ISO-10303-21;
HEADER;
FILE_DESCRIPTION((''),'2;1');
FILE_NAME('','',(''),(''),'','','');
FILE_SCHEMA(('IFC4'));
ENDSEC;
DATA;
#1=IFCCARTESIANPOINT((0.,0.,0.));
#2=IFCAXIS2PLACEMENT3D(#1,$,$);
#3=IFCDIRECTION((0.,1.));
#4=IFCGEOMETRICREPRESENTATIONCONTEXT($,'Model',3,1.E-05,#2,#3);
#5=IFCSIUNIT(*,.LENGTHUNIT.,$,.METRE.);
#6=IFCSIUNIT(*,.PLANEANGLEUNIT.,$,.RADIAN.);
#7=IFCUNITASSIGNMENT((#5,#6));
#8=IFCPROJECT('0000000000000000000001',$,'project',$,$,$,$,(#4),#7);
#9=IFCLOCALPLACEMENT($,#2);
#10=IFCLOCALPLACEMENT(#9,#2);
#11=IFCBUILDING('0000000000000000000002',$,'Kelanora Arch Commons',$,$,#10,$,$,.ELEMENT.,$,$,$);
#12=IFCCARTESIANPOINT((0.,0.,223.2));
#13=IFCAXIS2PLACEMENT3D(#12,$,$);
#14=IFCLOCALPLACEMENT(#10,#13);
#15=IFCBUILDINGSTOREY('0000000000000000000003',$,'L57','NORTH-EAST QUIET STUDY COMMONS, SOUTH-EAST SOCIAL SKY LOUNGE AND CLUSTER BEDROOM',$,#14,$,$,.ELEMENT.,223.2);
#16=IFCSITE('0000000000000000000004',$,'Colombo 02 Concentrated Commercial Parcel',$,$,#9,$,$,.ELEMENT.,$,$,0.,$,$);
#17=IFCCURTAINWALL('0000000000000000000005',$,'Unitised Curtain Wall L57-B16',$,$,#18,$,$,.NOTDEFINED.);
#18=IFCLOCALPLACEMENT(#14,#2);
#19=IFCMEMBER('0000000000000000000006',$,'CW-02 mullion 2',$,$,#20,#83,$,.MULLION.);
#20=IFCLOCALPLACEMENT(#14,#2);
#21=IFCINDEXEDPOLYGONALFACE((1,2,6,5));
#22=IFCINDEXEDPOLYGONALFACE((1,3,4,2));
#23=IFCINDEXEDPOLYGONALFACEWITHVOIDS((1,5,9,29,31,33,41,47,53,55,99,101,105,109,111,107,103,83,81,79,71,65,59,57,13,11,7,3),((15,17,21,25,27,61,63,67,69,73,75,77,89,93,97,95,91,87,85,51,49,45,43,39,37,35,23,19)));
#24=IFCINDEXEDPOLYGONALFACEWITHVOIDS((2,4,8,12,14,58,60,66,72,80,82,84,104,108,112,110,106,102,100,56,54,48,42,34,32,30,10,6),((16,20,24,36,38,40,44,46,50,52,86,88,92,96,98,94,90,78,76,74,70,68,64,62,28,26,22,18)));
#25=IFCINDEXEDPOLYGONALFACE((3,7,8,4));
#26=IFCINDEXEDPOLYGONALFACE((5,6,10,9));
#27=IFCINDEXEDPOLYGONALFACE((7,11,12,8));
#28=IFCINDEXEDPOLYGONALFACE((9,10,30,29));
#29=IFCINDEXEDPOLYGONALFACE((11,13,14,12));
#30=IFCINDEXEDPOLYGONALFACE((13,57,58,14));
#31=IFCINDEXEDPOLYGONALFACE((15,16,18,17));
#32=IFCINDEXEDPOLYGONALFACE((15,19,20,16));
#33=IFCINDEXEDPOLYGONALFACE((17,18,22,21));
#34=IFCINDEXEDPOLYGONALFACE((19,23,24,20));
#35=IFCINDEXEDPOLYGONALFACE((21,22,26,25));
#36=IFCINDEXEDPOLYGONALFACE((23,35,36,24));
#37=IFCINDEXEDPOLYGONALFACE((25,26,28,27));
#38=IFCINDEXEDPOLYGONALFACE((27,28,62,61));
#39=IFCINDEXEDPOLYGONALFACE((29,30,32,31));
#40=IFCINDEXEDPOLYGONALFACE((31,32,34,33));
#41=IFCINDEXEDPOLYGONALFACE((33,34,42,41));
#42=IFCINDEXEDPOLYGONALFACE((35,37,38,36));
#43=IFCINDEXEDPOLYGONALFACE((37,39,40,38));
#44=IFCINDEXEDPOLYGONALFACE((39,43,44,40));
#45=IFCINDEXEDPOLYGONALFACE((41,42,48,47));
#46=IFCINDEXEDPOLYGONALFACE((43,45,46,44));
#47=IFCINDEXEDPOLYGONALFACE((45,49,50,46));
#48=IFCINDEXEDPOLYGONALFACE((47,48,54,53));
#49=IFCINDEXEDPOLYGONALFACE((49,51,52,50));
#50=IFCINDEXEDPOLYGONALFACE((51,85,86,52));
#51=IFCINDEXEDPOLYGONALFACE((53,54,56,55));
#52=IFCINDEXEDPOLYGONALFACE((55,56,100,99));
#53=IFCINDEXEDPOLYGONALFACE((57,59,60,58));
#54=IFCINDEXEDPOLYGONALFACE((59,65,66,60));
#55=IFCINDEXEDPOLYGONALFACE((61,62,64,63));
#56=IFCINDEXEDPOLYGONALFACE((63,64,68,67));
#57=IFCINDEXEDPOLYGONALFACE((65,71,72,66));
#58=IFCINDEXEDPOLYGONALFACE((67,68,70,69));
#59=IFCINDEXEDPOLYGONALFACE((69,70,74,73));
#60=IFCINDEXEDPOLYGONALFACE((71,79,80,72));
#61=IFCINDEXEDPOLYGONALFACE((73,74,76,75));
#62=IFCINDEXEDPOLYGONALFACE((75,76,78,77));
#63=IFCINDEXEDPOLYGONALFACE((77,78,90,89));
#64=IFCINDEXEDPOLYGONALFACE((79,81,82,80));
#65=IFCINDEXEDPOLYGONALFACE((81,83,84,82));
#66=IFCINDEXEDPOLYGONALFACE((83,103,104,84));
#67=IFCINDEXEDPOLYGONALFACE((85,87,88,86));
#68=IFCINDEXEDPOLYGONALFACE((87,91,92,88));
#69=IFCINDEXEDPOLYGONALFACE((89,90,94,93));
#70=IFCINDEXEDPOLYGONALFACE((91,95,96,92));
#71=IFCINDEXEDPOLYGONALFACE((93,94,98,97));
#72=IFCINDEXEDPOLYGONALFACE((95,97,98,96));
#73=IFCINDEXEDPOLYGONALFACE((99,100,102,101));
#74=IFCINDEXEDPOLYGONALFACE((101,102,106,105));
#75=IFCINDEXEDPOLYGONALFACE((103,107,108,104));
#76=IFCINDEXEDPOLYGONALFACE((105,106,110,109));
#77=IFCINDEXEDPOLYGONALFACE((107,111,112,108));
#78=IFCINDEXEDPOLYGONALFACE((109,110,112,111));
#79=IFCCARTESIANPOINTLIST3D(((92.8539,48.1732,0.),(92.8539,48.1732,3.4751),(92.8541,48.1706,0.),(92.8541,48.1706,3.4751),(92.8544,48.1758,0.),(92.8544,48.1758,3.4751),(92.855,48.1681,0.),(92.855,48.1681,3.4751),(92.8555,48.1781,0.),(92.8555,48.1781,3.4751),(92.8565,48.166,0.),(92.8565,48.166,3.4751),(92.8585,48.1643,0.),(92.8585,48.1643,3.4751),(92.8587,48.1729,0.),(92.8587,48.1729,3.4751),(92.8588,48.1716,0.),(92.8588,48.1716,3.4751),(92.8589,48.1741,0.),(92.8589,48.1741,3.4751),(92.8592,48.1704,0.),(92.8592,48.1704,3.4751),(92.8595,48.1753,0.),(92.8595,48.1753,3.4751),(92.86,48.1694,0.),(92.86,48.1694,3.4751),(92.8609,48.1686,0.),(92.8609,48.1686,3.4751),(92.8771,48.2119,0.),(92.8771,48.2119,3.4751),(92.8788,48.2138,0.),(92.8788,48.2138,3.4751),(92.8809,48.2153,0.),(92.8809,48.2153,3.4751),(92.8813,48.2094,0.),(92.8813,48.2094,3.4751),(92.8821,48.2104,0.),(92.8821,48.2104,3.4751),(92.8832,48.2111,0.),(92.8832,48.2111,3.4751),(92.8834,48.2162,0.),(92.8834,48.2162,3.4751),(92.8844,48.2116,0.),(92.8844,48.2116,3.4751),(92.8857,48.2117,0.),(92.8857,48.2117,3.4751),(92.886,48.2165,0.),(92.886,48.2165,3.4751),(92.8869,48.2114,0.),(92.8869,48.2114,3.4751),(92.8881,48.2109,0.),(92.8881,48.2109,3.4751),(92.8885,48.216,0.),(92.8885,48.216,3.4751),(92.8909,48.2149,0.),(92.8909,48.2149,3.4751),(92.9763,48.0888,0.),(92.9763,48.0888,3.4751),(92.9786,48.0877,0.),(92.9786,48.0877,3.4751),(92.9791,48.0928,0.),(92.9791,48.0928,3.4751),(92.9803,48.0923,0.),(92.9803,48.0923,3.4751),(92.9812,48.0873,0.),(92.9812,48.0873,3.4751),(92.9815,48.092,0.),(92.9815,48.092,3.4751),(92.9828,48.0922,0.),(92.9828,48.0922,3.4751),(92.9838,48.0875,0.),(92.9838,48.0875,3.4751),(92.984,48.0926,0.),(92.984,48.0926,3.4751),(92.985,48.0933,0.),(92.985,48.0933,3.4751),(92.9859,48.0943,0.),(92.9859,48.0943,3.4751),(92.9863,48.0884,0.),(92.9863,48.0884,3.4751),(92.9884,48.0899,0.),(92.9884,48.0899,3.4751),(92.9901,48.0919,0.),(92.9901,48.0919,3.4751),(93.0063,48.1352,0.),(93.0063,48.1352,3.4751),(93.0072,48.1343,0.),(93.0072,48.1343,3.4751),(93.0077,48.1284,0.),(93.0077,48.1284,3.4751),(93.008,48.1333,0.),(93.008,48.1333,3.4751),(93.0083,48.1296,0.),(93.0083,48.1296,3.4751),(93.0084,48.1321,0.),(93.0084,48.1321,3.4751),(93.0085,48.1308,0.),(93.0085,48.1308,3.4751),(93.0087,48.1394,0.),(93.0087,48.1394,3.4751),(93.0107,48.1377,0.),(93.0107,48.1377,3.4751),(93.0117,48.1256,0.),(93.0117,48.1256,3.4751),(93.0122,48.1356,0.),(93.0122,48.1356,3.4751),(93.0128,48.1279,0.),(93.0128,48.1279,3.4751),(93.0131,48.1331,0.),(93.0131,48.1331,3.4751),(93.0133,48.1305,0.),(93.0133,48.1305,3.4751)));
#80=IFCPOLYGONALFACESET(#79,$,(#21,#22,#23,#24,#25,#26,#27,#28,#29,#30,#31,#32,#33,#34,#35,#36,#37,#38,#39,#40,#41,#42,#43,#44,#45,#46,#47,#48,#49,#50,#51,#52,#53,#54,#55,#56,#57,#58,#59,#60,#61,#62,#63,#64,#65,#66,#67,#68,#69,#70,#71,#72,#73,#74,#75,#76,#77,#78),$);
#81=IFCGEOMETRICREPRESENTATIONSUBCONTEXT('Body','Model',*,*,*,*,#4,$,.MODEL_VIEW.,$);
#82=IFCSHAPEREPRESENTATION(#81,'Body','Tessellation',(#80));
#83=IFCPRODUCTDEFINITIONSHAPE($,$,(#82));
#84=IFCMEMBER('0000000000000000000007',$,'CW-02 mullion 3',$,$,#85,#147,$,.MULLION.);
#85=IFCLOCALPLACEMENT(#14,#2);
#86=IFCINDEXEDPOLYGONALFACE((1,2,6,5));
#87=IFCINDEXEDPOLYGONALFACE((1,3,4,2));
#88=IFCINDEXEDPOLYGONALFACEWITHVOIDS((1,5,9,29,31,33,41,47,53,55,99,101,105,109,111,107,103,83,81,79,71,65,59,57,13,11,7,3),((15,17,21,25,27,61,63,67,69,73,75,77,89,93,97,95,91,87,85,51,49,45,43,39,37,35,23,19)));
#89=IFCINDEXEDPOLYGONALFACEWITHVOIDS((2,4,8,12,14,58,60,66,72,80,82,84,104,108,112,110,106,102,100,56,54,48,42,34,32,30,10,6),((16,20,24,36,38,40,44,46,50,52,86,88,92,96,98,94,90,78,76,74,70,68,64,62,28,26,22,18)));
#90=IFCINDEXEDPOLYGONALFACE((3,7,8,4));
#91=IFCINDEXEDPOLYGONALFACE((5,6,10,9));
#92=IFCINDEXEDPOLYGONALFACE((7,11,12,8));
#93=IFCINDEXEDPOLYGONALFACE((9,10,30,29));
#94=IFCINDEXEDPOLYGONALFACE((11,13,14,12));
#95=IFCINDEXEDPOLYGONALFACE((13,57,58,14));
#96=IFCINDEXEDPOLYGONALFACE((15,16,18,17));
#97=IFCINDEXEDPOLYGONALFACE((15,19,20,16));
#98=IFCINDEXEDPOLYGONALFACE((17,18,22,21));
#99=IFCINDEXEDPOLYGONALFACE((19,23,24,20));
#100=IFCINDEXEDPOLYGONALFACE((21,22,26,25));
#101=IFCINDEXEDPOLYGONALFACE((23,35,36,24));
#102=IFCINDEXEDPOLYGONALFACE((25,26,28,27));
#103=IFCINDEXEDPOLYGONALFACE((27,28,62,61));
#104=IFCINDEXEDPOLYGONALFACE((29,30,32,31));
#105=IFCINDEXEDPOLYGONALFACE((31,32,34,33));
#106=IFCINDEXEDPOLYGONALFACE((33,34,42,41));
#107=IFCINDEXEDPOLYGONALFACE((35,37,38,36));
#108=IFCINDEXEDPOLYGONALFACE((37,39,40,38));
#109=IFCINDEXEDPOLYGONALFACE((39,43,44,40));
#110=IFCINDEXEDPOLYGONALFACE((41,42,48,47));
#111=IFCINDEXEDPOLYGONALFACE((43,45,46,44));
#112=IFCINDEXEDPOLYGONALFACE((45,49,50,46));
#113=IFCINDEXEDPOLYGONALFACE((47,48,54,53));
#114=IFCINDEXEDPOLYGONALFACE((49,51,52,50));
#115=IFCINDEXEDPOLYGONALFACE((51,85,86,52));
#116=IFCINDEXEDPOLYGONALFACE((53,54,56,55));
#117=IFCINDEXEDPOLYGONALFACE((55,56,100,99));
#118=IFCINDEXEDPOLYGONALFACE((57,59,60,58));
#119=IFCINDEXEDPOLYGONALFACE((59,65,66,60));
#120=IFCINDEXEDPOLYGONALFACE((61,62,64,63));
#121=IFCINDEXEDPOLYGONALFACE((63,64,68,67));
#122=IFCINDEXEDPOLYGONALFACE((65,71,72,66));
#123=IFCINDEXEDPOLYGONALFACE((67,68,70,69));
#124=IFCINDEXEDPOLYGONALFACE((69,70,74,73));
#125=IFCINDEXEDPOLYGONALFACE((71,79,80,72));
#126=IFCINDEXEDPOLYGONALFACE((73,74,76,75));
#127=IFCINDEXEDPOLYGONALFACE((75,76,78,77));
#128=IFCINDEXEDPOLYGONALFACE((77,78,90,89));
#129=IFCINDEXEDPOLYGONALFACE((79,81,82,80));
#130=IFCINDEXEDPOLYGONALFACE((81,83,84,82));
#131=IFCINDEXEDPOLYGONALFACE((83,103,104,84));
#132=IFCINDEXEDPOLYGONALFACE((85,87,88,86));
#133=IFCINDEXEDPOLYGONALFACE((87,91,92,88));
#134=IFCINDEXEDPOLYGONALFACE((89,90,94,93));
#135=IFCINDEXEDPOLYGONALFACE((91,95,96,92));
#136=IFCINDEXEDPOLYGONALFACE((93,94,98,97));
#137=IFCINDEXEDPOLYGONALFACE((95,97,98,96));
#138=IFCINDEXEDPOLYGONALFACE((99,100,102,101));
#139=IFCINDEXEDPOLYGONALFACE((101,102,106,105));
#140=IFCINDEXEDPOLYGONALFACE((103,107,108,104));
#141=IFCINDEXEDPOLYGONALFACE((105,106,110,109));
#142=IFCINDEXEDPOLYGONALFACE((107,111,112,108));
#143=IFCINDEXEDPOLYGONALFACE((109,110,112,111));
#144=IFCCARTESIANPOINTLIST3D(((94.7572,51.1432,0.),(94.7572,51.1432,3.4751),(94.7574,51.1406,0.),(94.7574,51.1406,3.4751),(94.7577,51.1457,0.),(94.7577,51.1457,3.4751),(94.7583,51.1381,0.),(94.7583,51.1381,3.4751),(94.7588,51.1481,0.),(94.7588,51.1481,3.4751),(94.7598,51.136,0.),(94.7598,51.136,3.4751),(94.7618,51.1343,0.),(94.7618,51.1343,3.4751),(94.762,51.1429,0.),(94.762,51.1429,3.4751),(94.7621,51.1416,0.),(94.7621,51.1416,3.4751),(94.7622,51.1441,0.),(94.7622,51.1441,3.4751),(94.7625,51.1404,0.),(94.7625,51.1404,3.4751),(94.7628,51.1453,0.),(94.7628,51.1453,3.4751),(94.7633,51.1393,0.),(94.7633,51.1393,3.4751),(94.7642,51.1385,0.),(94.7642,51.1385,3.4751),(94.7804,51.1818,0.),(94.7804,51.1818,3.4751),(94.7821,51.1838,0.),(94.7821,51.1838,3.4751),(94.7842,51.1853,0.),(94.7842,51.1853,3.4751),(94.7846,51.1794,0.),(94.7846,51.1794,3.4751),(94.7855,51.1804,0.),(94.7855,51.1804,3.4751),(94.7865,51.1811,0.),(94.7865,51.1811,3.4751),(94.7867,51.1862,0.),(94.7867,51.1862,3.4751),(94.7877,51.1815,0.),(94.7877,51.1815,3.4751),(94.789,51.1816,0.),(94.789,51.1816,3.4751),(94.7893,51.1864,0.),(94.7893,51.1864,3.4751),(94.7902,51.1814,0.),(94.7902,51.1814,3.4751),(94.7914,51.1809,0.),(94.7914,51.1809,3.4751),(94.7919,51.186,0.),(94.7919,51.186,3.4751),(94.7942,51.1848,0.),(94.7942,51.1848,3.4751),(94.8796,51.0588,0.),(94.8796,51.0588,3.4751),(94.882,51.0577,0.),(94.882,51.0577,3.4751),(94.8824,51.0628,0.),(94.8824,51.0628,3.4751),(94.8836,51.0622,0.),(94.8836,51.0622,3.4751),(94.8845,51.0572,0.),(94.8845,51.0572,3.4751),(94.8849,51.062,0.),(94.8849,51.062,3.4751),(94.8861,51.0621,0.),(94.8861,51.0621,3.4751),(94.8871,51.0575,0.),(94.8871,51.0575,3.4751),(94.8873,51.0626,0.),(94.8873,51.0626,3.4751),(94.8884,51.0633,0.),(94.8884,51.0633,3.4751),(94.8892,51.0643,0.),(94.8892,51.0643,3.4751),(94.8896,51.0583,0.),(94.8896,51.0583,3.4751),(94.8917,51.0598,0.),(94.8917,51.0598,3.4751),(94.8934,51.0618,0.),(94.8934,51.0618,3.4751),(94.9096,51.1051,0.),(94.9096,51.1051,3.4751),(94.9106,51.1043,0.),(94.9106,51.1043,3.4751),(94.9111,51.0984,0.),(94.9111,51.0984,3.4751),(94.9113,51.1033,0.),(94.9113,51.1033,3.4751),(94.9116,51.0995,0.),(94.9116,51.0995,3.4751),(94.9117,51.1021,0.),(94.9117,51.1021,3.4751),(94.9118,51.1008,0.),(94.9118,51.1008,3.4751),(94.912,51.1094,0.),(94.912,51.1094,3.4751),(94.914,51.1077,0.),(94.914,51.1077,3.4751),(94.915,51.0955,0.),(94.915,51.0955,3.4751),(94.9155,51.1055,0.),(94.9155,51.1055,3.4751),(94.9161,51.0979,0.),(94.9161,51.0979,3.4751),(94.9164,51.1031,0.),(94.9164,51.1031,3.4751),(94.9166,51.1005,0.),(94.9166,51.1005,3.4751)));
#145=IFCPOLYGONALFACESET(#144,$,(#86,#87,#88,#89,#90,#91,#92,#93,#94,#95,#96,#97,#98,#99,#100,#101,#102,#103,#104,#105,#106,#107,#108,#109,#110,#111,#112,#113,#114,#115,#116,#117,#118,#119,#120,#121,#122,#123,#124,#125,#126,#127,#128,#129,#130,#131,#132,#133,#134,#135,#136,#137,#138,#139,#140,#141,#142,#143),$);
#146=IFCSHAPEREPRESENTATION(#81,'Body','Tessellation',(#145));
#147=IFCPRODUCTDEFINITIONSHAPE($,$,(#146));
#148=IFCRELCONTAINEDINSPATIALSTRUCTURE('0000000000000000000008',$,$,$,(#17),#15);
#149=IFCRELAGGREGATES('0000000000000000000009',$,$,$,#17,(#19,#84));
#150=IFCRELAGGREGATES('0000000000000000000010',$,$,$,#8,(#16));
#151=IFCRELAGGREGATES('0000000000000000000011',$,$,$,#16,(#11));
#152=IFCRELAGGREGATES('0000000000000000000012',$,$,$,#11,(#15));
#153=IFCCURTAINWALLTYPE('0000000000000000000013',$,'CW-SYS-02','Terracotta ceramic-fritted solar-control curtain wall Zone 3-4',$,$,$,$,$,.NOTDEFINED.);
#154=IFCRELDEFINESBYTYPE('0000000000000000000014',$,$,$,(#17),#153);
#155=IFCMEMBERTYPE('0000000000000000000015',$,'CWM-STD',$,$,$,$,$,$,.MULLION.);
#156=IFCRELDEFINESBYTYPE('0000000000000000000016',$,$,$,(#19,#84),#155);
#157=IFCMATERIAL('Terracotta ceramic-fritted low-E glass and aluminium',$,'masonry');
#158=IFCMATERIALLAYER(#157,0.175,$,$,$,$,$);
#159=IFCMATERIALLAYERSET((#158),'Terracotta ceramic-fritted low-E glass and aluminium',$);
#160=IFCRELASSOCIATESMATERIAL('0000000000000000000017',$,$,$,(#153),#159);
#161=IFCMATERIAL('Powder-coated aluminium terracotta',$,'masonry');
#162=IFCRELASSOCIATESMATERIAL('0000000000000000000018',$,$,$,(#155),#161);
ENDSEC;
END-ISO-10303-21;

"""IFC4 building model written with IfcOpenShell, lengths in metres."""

from ifc_helpers import new_model, si_unit, direction, frame, origin, origin_2d, place, context, subcontext, project, spatial, hollow_rectangle, extrude, material, layer, layer_set, material_profile, profile_set, type_object, element, aggregate, save


model = new_model("IFC4")

# Units and contexts
model_context = context("Model", 3, precision=1e-05, world=origin(), true_north=direction((0.0, 1.0)))
body_context = subcontext(model_context, "Body", "Model", "MODEL_VIEW")
ifc_project = project(units=[si_unit("LENGTHUNIT", "METRE"), si_unit("PLANEANGLEUNIT", "RADIAN")], contexts=[model_context])

# Site, building, storey
site_placement = place(None, origin())
site = spatial("IfcSite", under=ifc_project, at=site_placement, Name="Colombo 02 Concentrated Commercial Parcel", CompositionType="ELEMENT", RefElevation=0.0)
building_placement = place(site_placement, origin())
building = spatial("IfcBuilding", under=site, at=building_placement, Name="Kelanora Arch Commons", CompositionType="ELEMENT")
storey_placement = place(building_placement, frame((0.0, 0.0, 223.2)))
storey = spatial("IfcBuildingStorey", under=building, at=storey_placement, Name="L57", Description="NORTH-EAST QUIET STUDY COMMONS, SOUTH-EAST SOCIAL SKY LOUNGE AND CLUSTER BEDROOM", CompositionType="ELEMENT", Elevation=223.2)

# Curtain wall, members
ifc_material_1 = material(Name="Terracotta ceramic-fritted low-E glass and aluminium", Category="masonry")
ifc_layer_1 = layer(ifc_material_1, 0.175)
ifc_layer_set_1 = layer_set([ifc_layer_1], Name="Terracotta ceramic-fritted low-E glass and aluminium")
curtain_wall_type = type_object("IfcCurtainWallType", Name="CW-SYS-02", Description="Terracotta ceramic-fritted solar-control curtain wall Zone 3-4", PredefinedType="NOTDEFINED", material=ifc_layer_set_1)
curtain_wall_placement = place(storey_placement, origin())
curtain_wall = element("IfcCurtainWall", 1, at=curtain_wall_placement, inside=storey, type_object=curtain_wall_type, Name="Unitised Curtain Wall L57-B16", PredefinedType="NOTDEFINED")
ifc_material_2 = material(Name="Powder-coated aluminium terracotta", Category="masonry")
ifc_material_profile_1 = material_profile(ifc_material_2, hollow_rectangle(XDim=0.1599, YDim=0.0601, WallThickness=0.0049, InnerFilletRadius=0.0049, OuterFilletRadius=0.01, at=origin_2d()), Name="CWM160x60")
ifc_profile_set_1 = profile_set([ifc_material_profile_1], Name="Powder-coated aluminium terracotta")
member_type_1 = type_object("IfcMemberType", Name="CWM-STD", PredefinedType="MULLION", material=ifc_profile_set_1)
member_1_placement = place(storey_placement, frame((92.9336, 48.1519, 0.0), z_axis=(0.0, 0.0, 1.0), x_axis=(-0.841948, 0.539559, 0.0)))
member_1 = element("IfcMember", 2, at=member_1_placement, type_object=member_type_1, Name="CW-02 mullion 2", PredefinedType="MULLION", context=body_context, shape_type="SweptSolid", body=[
    extrude(hollow_rectangle(XDim=0.1599, YDim=0.0601, WallThickness=0.0049, InnerFilletRadius=0.0049, OuterFilletRadius=0.01, at=origin_2d()), origin(), (0.0, 0.0, 1.0), 3.4751),
])
member_2_placement = place(storey_placement, frame((94.8369, 51.1218, 0.0), z_axis=(0.0, 0.0, 1.0), x_axis=(-0.841948, 0.539559, 0.0)))
member_2 = element("IfcMember", 3, at=member_2_placement, type_object=member_type_1, Name="CW-02 mullion 3", PredefinedType="MULLION", context=body_context, shape_type="SweptSolid", body=[
    extrude(hollow_rectangle(XDim=0.1599, YDim=0.0601, WallThickness=0.0049, InnerFilletRadius=0.0049, OuterFilletRadius=0.01, at=origin_2d()), origin(), (0.0, 0.0, 1.0), 3.4751),
])
aggregate(curtain_wall, [member_1, member_2])

save(model, "model.ifc")
